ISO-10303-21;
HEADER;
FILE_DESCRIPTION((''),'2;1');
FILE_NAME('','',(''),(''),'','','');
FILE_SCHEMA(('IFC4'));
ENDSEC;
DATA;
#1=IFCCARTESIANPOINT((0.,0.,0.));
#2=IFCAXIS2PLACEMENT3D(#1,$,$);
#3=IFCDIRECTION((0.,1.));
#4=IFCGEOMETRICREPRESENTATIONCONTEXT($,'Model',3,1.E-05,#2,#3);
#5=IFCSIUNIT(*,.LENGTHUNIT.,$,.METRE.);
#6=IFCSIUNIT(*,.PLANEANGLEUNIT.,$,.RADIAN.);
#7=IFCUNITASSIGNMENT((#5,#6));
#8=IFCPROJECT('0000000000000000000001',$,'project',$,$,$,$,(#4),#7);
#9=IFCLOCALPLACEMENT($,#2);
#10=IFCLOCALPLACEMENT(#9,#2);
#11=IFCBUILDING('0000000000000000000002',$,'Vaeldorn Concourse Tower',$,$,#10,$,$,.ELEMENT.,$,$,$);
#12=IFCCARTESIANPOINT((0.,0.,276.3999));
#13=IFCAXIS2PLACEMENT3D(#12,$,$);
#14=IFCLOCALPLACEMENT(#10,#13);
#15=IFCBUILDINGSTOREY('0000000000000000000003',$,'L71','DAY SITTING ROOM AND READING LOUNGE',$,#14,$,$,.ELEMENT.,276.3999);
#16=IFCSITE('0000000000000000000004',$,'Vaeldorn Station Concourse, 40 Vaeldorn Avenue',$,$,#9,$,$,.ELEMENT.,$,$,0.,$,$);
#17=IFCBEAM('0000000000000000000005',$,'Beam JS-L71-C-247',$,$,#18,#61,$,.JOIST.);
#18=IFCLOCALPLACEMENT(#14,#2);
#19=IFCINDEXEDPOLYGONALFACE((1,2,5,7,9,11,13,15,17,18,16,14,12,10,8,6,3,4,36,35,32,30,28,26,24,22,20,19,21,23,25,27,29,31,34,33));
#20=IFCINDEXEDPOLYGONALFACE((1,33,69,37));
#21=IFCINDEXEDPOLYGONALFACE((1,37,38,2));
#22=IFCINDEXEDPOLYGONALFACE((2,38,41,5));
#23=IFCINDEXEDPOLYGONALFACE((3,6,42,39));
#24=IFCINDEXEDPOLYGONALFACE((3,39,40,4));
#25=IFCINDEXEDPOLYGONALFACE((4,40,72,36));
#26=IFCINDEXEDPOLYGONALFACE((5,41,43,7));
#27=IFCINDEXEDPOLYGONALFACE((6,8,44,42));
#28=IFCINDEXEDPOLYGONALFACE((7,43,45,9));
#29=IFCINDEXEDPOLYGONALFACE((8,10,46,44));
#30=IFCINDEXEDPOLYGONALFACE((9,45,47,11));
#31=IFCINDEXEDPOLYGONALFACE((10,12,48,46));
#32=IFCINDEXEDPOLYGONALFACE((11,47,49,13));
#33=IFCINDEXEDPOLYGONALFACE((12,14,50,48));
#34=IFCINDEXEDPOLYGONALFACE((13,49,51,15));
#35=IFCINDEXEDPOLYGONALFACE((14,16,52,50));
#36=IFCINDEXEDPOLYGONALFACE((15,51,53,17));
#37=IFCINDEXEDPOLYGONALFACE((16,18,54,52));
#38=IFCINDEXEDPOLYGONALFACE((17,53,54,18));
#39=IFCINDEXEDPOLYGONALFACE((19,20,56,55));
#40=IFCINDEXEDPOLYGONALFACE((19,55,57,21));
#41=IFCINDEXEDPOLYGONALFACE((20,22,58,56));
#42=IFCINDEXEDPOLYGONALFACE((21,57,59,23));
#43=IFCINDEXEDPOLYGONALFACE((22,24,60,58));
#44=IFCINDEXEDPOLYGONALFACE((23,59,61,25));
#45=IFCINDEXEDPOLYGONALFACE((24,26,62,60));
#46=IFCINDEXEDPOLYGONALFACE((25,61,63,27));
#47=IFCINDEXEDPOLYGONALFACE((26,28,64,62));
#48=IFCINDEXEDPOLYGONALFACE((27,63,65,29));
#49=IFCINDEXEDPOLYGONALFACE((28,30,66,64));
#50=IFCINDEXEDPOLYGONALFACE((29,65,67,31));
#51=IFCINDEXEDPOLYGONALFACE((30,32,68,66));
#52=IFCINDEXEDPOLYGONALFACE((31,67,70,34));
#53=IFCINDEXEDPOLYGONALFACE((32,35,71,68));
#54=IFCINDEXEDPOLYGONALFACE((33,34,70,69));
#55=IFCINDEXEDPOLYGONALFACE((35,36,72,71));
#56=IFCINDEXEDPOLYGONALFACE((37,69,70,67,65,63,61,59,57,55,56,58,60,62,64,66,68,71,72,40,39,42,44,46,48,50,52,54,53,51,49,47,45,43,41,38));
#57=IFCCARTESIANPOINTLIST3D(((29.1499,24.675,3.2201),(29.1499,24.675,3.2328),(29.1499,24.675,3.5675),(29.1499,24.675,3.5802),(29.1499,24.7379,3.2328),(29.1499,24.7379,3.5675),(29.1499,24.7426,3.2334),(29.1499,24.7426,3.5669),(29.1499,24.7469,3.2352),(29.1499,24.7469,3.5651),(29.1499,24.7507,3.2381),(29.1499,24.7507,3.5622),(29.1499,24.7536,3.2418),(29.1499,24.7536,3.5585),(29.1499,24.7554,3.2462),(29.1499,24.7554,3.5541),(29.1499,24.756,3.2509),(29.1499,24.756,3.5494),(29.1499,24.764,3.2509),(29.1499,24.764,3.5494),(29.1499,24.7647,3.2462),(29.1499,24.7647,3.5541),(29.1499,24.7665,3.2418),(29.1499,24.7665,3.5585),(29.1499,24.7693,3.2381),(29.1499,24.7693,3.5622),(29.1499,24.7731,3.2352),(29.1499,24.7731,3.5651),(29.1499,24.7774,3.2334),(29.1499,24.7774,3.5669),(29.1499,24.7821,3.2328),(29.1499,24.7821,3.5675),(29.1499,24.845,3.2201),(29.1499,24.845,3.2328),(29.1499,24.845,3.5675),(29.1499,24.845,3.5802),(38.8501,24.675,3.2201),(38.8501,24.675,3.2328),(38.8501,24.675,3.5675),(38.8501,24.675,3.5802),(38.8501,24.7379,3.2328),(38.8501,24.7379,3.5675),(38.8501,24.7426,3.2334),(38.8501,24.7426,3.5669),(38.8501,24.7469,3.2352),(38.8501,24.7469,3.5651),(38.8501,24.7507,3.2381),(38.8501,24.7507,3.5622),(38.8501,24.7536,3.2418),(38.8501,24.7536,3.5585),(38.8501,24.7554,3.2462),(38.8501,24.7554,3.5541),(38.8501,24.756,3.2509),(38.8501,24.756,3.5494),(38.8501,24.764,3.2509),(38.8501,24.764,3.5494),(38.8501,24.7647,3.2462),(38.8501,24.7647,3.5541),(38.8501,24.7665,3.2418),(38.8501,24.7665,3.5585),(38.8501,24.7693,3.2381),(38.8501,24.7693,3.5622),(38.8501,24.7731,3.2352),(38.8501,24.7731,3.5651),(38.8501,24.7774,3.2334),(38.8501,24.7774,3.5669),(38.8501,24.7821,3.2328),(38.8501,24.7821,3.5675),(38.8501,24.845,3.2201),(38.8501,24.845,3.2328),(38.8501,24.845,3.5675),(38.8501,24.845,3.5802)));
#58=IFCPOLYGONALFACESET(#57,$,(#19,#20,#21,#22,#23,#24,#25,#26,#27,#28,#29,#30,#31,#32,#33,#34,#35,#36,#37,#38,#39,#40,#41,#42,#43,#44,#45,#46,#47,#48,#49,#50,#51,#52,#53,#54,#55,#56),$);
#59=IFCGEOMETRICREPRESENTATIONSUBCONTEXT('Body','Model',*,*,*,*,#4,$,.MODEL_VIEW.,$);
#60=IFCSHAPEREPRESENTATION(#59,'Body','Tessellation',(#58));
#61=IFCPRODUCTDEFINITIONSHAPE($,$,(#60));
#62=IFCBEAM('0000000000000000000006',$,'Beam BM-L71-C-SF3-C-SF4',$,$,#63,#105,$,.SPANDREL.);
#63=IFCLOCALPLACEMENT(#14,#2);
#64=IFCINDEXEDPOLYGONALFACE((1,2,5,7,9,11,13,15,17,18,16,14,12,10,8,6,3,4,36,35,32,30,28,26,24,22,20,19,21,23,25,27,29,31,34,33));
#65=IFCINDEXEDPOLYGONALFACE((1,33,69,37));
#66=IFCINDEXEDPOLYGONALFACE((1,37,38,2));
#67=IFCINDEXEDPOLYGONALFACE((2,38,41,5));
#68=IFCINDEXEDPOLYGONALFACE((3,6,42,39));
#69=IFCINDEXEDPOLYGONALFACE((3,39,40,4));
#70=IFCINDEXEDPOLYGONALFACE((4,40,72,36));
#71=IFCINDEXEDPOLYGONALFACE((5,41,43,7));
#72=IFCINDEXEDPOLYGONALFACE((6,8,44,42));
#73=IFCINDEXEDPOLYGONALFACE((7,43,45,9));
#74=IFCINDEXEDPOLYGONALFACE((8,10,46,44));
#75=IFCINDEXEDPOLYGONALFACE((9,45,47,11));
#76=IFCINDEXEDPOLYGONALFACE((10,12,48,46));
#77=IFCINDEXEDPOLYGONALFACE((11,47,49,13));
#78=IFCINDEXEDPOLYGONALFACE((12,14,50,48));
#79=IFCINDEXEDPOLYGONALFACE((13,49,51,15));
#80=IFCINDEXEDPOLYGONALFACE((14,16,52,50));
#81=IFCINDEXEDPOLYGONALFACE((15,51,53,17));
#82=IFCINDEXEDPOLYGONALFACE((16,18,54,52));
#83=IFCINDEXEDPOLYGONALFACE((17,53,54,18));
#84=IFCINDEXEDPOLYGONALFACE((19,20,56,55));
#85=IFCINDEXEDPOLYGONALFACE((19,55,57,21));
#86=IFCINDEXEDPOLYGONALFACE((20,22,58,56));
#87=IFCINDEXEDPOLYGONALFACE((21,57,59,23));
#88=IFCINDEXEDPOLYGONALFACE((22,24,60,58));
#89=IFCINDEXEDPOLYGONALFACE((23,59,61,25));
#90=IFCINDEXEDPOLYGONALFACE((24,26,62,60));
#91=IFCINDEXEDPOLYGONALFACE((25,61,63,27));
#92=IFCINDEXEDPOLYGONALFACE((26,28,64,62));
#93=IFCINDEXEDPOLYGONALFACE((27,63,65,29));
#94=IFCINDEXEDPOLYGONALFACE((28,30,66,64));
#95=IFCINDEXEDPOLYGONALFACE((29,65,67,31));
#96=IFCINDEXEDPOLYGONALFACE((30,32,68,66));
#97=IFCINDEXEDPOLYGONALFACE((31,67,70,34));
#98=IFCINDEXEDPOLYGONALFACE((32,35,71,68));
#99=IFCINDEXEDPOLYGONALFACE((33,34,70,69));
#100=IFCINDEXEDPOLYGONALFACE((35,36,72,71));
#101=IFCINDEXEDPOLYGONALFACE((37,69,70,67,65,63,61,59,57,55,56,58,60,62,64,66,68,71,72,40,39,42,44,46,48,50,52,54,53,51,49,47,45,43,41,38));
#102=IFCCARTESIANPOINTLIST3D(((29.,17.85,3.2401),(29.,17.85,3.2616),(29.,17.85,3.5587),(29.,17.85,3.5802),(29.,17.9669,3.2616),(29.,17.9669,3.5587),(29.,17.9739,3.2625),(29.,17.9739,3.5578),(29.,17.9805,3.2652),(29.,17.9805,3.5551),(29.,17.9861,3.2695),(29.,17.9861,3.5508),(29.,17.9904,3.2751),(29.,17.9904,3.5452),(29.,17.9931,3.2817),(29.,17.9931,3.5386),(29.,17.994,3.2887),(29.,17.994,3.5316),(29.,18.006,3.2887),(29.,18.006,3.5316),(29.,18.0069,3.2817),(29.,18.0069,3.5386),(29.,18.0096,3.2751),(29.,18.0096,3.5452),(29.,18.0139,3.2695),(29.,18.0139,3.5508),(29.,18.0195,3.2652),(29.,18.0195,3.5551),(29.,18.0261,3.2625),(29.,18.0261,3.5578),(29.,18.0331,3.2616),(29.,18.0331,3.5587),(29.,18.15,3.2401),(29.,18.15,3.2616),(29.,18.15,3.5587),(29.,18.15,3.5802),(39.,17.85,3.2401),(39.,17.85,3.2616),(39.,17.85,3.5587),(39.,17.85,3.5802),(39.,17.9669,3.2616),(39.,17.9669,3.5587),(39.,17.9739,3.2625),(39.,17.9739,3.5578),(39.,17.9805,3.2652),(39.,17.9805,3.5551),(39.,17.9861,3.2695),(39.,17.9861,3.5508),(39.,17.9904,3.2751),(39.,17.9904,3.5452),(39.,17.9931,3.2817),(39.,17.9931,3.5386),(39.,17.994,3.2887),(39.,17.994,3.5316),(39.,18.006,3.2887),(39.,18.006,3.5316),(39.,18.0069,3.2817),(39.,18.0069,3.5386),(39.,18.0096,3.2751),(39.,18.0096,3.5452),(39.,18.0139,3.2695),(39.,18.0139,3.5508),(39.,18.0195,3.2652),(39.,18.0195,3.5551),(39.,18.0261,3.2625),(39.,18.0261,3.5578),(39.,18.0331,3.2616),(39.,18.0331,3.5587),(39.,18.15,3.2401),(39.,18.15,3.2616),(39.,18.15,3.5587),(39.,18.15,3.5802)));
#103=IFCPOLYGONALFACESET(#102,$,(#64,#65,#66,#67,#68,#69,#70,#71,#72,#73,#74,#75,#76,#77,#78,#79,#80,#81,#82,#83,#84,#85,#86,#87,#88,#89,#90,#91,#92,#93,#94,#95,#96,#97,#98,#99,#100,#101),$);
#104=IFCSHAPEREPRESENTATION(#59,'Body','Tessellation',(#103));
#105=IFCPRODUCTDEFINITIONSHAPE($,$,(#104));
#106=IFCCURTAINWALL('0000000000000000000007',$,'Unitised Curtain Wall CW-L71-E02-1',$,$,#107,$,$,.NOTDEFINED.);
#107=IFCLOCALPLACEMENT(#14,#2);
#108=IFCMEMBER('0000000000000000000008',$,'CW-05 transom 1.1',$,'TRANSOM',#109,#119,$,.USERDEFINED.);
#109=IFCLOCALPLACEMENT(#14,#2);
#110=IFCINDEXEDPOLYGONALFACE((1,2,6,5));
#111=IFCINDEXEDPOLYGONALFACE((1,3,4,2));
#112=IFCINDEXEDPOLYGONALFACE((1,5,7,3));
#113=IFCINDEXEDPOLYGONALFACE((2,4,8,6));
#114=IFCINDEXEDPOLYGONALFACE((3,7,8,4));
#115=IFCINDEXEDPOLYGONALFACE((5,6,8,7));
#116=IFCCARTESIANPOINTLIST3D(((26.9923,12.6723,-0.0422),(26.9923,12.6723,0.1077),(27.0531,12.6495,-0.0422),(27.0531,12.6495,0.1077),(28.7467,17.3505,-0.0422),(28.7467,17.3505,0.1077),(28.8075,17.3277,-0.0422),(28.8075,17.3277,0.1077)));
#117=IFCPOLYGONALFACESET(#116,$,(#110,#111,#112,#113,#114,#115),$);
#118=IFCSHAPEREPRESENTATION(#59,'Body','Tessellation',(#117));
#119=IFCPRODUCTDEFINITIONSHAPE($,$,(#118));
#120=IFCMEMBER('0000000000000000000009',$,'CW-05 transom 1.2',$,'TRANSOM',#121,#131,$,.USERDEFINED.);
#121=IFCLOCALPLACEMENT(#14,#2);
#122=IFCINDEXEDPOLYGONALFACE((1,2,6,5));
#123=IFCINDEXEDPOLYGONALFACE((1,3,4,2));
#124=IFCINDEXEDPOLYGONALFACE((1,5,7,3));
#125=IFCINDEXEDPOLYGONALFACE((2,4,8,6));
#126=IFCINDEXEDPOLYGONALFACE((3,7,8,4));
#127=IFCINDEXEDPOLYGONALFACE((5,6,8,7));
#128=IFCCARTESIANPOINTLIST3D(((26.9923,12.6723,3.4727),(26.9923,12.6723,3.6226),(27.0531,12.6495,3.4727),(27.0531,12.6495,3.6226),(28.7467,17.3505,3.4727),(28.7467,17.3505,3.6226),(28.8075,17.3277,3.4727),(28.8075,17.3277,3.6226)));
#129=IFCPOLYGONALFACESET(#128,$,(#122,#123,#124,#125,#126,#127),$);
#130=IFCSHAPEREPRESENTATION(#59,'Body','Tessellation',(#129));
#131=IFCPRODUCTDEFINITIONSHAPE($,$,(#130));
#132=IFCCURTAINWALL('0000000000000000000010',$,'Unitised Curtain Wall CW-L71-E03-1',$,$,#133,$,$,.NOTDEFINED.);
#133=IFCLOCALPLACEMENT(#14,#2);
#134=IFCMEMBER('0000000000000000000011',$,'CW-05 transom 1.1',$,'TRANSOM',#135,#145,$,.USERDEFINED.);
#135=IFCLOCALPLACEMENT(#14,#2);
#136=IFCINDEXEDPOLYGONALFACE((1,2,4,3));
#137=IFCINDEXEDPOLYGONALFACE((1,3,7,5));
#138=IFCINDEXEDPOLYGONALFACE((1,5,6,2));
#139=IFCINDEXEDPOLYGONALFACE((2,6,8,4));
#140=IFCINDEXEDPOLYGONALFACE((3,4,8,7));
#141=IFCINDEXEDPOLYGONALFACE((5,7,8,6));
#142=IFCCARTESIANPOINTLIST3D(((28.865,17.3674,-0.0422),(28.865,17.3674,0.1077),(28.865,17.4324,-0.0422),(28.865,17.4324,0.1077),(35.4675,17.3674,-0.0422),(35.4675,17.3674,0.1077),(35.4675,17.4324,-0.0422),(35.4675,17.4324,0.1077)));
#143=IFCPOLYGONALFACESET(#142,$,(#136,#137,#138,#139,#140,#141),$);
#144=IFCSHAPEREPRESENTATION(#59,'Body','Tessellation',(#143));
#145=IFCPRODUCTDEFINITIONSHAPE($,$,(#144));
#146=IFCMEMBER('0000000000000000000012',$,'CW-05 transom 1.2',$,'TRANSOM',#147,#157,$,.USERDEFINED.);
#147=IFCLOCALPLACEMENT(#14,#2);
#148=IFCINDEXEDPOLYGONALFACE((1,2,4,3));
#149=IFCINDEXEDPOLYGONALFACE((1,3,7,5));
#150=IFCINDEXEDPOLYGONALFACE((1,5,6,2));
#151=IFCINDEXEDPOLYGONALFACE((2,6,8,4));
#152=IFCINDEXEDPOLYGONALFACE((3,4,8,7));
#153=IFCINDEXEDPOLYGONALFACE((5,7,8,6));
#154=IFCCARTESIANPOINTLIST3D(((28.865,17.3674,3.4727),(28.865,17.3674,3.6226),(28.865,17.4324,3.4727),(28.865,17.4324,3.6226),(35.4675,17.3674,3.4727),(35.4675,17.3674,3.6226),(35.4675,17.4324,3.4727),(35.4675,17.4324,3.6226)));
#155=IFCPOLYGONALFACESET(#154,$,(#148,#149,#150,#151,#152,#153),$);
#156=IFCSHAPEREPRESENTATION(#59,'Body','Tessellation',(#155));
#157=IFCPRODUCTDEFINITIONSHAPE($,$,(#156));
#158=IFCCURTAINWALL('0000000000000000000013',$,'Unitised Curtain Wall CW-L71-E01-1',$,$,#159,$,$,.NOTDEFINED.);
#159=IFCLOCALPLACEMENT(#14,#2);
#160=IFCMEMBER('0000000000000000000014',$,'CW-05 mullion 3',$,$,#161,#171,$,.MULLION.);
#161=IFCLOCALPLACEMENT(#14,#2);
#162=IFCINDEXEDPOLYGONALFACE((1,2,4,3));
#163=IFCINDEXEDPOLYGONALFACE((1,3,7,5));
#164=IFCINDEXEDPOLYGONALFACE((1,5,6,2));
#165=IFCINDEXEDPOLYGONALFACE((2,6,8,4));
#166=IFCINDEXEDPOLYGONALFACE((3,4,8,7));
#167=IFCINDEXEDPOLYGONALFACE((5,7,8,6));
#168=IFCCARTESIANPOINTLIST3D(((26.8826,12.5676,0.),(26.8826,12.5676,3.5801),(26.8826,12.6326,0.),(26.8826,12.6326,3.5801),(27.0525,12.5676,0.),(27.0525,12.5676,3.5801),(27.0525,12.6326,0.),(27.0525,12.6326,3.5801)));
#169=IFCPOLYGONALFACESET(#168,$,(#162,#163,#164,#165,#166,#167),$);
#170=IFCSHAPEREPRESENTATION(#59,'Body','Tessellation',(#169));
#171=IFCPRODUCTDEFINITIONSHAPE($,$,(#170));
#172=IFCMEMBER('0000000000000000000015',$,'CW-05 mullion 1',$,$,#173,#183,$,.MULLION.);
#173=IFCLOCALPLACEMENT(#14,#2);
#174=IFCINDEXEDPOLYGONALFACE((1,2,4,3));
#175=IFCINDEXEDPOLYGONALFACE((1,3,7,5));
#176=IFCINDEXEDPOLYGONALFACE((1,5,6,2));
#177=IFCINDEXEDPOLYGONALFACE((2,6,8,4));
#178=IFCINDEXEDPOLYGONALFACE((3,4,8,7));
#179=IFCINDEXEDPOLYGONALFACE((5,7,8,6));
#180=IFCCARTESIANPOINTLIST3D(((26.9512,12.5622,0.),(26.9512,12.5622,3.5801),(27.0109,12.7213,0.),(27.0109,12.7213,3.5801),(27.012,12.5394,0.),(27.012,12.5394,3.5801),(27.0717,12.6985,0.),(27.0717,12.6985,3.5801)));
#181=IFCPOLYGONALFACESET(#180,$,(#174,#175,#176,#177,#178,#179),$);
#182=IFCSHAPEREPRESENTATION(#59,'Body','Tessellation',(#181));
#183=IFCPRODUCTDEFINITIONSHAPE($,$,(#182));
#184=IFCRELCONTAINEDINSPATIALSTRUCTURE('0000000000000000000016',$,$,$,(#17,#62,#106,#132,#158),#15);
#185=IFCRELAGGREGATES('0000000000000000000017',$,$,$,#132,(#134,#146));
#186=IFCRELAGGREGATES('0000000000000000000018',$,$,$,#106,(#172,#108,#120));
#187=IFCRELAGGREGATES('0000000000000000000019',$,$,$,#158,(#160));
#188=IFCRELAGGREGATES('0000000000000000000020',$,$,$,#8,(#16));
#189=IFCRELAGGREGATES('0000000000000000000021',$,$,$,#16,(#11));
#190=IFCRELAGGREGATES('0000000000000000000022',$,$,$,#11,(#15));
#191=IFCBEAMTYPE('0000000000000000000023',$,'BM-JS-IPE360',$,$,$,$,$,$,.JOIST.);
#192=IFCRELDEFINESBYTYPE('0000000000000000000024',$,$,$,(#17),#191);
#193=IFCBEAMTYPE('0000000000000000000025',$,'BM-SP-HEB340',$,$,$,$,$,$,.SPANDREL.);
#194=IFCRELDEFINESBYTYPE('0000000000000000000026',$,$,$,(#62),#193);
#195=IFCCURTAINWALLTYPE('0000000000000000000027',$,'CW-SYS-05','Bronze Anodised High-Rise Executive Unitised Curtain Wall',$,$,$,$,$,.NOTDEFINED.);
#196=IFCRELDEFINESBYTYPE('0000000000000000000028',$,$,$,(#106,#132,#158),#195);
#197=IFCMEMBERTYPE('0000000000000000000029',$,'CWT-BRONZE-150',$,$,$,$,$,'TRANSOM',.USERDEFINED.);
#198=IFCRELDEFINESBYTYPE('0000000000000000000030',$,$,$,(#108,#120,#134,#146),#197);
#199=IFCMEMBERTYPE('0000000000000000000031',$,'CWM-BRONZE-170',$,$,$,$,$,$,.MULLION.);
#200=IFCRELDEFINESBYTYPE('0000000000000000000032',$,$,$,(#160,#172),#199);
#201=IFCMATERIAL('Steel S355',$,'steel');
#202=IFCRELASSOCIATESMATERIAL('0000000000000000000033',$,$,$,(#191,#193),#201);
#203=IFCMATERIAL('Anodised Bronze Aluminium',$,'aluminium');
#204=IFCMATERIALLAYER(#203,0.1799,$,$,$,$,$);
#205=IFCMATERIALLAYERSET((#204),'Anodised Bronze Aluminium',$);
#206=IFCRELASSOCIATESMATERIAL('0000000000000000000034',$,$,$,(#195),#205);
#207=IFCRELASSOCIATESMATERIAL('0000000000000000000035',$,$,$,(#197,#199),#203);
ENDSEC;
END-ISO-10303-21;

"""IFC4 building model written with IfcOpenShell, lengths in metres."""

from ifc_helpers import new_model, si_unit, direction, frame, origin, origin_2d, place, context, subcontext, project, spatial, rectangle, i_section, extrude, source, transform, mapped, material, layer, layer_set, material_profile, profile_set, type_object, element, aggregate, save


model = new_model("IFC4")

# Units and contexts
model_context = context("Model", 3, precision=1e-05, world=origin(), true_north=direction((0.0, 1.0)))
body_context = subcontext(model_context, "Body", "Model", "MODEL_VIEW")
ifc_project = project(units=[si_unit("LENGTHUNIT", "METRE"), si_unit("PLANEANGLEUNIT", "RADIAN")], contexts=[model_context])

# Site, building, storey
site_placement = place(None, origin())
site = spatial("IfcSite", under=ifc_project, at=site_placement, Name="Vaeldorn Station Concourse, 40 Vaeldorn Avenue", CompositionType="ELEMENT", RefElevation=0.0)
building_placement = place(site_placement, origin())
building = spatial("IfcBuilding", under=site, at=building_placement, Name="Vaeldorn Concourse Tower", CompositionType="ELEMENT")
storey_placement = place(building_placement, frame((0.0, 0.0, 276.3999)))
storey = spatial("IfcBuildingStorey", under=building, at=storey_placement, Name="L71", Description="DAY SITTING ROOM AND READING LOUNGE", CompositionType="ELEMENT", Elevation=276.3999)

# Shared definitions
ifc_material_1 = material(Name="Steel S355", Category="steel")

# Beams
ifc_material_profile_1 = material_profile(ifc_material_1, i_section(OverallWidth=0.1699, OverallDepth=0.3601, WebThickness=0.0081, FlangeThickness=0.0127, FilletRadius=0.0181, at=origin_2d()), Name="IPE 360")
ifc_profile_set_1 = profile_set([ifc_material_profile_1], Name="Steel S355")
beam_type_1 = type_object("IfcBeamType", Name="BM-JS-IPE360", PredefinedType="JOIST", material=ifc_profile_set_1)
shared_shape_1 = source(origin(), body_context, "Body", "SweptSolid", [
    extrude(i_section(OverallWidth=0.1699, OverallDepth=0.3601, WebThickness=0.0081, FlangeThickness=0.0127, FilletRadius=0.0181, at=origin_2d()), origin(), (0.0, 0.0, 1.0), 9.7002),
])
for number, where, z_axis, x_axis, name in (
    (1, (29.1499, 24.76, 3.4001), (1.0, 0.0, 0.0), (0.0, 1.0, 0.0), "Beam JS-L71-C-247"),
):
    element("IfcBeam", number, at=place(storey_placement, frame(where, z_axis=z_axis, x_axis=x_axis)), inside=storey, type_object=beam_type_1, Name=name, PredefinedType="JOIST", context=body_context, shape_type="MappedRepresentation", body=[
        mapped(shared_shape_1, transform((0.0, 0.0, 0.0), scale=1.0)),
    ])
ifc_material_profile_2 = material_profile(ifc_material_1, i_section(OverallWidth=0.3, OverallDepth=0.3401, WebThickness=0.012, FlangeThickness=0.0215, FilletRadius=0.0271, at=origin_2d()), Name="HEB 340")
ifc_profile_set_2 = profile_set([ifc_material_profile_2], Name="Steel S355")
beam_type_2 = type_object("IfcBeamType", Name="BM-SP-HEB340", PredefinedType="SPANDREL", material=ifc_profile_set_2)
shared_shape_2 = source(origin(), body_context, "Body", "SweptSolid", [
    extrude(i_section(OverallWidth=0.3, OverallDepth=0.3401, WebThickness=0.012, FlangeThickness=0.0215, FilletRadius=0.0271, at=origin_2d()), origin(), (0.0, 0.0, 1.0), 10.0),
])
beam_1_placement = place(storey_placement, frame((29.0, 18.0, 3.4102), z_axis=(1.0, 0.0, 0.0), x_axis=(0.0, 1.0, 0.0)))
element("IfcBeam", 2, at=beam_1_placement, inside=storey, type_object=beam_type_2, Name="Beam BM-L71-C-SF3-C-SF4", PredefinedType="SPANDREL", context=body_context, shape_type="MappedRepresentation", body=[
    mapped(shared_shape_2, transform((0.0, 0.0, 0.0), scale=1.0)),
])

# Curtain walls, members
ifc_material_2 = material(Name="Anodised Bronze Aluminium", Category="aluminium")
ifc_layer_1 = layer(ifc_material_2, 0.1799)
ifc_layer_set_1 = layer_set([ifc_layer_1], Name="Anodised Bronze Aluminium")
curtain_wall_type = type_object("IfcCurtainWallType", Name="CW-SYS-05", Description="Bronze Anodised High-Rise Executive Unitised Curtain Wall", PredefinedType="NOTDEFINED", material=ifc_layer_set_1)
curtain_wall_1_placement = place(storey_placement, origin())
curtain_wall_1 = element("IfcCurtainWall", 3, at=curtain_wall_1_placement, inside=storey, type_object=curtain_wall_type, Name="Unitised Curtain Wall CW-L71-E02-1", PredefinedType="NOTDEFINED")
ifc_material_profile_3 = material_profile(ifc_material_2, rectangle(XDim=0.0649, YDim=0.1499, at=origin_2d()), Name="CWT 65x150")
ifc_profile_set_3 = profile_set([ifc_material_profile_3], Name="Anodised Bronze Aluminium")
member_type_1 = type_object("IfcMemberType", Name="CWT-BRONZE-150", ElementType="TRANSOM", PredefinedType="USERDEFINED", material=ifc_profile_set_3)
shared_shape_3 = source(origin(), body_context, "Body", "SweptSolid", [
    extrude(rectangle(XDim=0.0649, YDim=0.1499, at=origin_2d()), origin(), (0.0, 0.0, 1.0), 4.9963),
])
member_1_placement = place(storey_placement, frame((27.0227, 12.6609, 0.0327), z_axis=(0.351134, 0.936325, 0.0), x_axis=(-0.936325, 0.351134, 0.0)))
member_1 = element("IfcMember", 4, at=member_1_placement, type_object=member_type_1, Name="CW-05 transom 1.1", ObjectType="TRANSOM", PredefinedType="USERDEFINED", context=body_context, shape_type="MappedRepresentation", body=[
    mapped(shared_shape_3, transform((0.0, 0.0, 0.0), scale=1.0)),
])
member_2_placement = place(storey_placement, frame((27.0227, 12.6609, 3.5476), z_axis=(0.351134, 0.936325, 0.0), x_axis=(-0.936325, 0.351134, 0.0)))
member_2 = element("IfcMember", 5, at=member_2_placement, type_object=member_type_1, Name="CW-05 transom 1.2", ObjectType="TRANSOM", PredefinedType="USERDEFINED", context=body_context, shape_type="MappedRepresentation", body=[
    mapped(shared_shape_3, transform((0.0, 0.0, 0.0), scale=1.0)),
])
curtain_wall_2_placement = place(storey_placement, origin())
curtain_wall_2 = element("IfcCurtainWall", 6, at=curtain_wall_2_placement, inside=storey, type_object=curtain_wall_type, Name="Unitised Curtain Wall CW-L71-E03-1", PredefinedType="NOTDEFINED")
shared_shape_4 = source(origin(), body_context, "Body", "SweptSolid", [
    extrude(rectangle(XDim=0.0649, YDim=0.1499, at=origin_2d()), origin(), (0.0, 0.0, 1.0), 6.6025),
])
member_3_placement = place(storey_placement, frame((28.865, 17.3999, 0.0327), z_axis=(1.0, 0.0, 0.0), x_axis=(0.0, 1.0, 0.0)))
member_3 = element("IfcMember", 7, at=member_3_placement, type_object=member_type_1, Name="CW-05 transom 1.1", ObjectType="TRANSOM", PredefinedType="USERDEFINED", context=body_context, shape_type="MappedRepresentation", body=[
    mapped(shared_shape_4, transform((0.0, 0.0, 0.0), scale=1.0)),
])
member_4_placement = place(storey_placement, frame((28.865, 17.3999, 3.5476), z_axis=(1.0, 0.0, 0.0), x_axis=(0.0, 1.0, 0.0)))
member_4 = element("IfcMember", 8, at=member_4_placement, type_object=member_type_1, Name="CW-05 transom 1.2", ObjectType="TRANSOM", PredefinedType="USERDEFINED", context=body_context, shape_type="MappedRepresentation", body=[
    mapped(shared_shape_4, transform((0.0, 0.0, 0.0), scale=1.0)),
])

# Curtain wall, member
curtain_wall_3_placement = place(storey_placement, origin())
curtain_wall_3 = element("IfcCurtainWall", 9, at=curtain_wall_3_placement, inside=storey, type_object=curtain_wall_type, Name="Unitised Curtain Wall CW-L71-E01-1", PredefinedType="NOTDEFINED")
ifc_material_profile_4 = material_profile(ifc_material_2, rectangle(XDim=0.0649, YDim=0.1699, at=origin_2d()), Name="CWM 65x170")
ifc_profile_set_4 = profile_set([ifc_material_profile_4], Name="Anodised Bronze Aluminium")
member_type_2 = type_object("IfcMemberType", Name="CWM-BRONZE-170", PredefinedType="MULLION", material=ifc_profile_set_4)
shared_shape_5 = source(origin(), body_context, "Body", "SweptSolid", [
    extrude(rectangle(XDim=0.0649, YDim=0.1699, at=origin_2d()), origin(), (0.0, 0.0, 1.0), 3.5801),
])
member_5_placement = place(storey_placement, frame((26.9675, 12.6001, 0.0), z_axis=(0.0, 0.0, 1.0), x_axis=(0.0, 1.0, 0.0)))
member_5 = element("IfcMember", 10, at=member_5_placement, type_object=member_type_2, Name="CW-05 mullion 3", PredefinedType="MULLION", context=body_context, shape_type="MappedRepresentation", body=[
    mapped(shared_shape_5, transform((0.0, 0.0, 0.0), scale=1.0)),
])

# Member
member_6_placement = place(storey_placement, frame((27.0115, 12.6304, 0.0), z_axis=(0.0, 0.0, 1.0), x_axis=(-0.936329, 0.351123, 0.0)))
member_6 = element("IfcMember", 11, at=member_6_placement, type_object=member_type_2, Name="CW-05 mullion 1", PredefinedType="MULLION", context=body_context, shape_type="MappedRepresentation", body=[
    mapped(shared_shape_5, transform((0.0, 0.0, 0.0), scale=1.0)),
])
aggregate(curtain_wall_2, [member_3, member_4])

aggregate(curtain_wall_1, [member_6, member_1, member_2])
aggregate(curtain_wall_3, [member_5])

save(model, "model.ifc")
